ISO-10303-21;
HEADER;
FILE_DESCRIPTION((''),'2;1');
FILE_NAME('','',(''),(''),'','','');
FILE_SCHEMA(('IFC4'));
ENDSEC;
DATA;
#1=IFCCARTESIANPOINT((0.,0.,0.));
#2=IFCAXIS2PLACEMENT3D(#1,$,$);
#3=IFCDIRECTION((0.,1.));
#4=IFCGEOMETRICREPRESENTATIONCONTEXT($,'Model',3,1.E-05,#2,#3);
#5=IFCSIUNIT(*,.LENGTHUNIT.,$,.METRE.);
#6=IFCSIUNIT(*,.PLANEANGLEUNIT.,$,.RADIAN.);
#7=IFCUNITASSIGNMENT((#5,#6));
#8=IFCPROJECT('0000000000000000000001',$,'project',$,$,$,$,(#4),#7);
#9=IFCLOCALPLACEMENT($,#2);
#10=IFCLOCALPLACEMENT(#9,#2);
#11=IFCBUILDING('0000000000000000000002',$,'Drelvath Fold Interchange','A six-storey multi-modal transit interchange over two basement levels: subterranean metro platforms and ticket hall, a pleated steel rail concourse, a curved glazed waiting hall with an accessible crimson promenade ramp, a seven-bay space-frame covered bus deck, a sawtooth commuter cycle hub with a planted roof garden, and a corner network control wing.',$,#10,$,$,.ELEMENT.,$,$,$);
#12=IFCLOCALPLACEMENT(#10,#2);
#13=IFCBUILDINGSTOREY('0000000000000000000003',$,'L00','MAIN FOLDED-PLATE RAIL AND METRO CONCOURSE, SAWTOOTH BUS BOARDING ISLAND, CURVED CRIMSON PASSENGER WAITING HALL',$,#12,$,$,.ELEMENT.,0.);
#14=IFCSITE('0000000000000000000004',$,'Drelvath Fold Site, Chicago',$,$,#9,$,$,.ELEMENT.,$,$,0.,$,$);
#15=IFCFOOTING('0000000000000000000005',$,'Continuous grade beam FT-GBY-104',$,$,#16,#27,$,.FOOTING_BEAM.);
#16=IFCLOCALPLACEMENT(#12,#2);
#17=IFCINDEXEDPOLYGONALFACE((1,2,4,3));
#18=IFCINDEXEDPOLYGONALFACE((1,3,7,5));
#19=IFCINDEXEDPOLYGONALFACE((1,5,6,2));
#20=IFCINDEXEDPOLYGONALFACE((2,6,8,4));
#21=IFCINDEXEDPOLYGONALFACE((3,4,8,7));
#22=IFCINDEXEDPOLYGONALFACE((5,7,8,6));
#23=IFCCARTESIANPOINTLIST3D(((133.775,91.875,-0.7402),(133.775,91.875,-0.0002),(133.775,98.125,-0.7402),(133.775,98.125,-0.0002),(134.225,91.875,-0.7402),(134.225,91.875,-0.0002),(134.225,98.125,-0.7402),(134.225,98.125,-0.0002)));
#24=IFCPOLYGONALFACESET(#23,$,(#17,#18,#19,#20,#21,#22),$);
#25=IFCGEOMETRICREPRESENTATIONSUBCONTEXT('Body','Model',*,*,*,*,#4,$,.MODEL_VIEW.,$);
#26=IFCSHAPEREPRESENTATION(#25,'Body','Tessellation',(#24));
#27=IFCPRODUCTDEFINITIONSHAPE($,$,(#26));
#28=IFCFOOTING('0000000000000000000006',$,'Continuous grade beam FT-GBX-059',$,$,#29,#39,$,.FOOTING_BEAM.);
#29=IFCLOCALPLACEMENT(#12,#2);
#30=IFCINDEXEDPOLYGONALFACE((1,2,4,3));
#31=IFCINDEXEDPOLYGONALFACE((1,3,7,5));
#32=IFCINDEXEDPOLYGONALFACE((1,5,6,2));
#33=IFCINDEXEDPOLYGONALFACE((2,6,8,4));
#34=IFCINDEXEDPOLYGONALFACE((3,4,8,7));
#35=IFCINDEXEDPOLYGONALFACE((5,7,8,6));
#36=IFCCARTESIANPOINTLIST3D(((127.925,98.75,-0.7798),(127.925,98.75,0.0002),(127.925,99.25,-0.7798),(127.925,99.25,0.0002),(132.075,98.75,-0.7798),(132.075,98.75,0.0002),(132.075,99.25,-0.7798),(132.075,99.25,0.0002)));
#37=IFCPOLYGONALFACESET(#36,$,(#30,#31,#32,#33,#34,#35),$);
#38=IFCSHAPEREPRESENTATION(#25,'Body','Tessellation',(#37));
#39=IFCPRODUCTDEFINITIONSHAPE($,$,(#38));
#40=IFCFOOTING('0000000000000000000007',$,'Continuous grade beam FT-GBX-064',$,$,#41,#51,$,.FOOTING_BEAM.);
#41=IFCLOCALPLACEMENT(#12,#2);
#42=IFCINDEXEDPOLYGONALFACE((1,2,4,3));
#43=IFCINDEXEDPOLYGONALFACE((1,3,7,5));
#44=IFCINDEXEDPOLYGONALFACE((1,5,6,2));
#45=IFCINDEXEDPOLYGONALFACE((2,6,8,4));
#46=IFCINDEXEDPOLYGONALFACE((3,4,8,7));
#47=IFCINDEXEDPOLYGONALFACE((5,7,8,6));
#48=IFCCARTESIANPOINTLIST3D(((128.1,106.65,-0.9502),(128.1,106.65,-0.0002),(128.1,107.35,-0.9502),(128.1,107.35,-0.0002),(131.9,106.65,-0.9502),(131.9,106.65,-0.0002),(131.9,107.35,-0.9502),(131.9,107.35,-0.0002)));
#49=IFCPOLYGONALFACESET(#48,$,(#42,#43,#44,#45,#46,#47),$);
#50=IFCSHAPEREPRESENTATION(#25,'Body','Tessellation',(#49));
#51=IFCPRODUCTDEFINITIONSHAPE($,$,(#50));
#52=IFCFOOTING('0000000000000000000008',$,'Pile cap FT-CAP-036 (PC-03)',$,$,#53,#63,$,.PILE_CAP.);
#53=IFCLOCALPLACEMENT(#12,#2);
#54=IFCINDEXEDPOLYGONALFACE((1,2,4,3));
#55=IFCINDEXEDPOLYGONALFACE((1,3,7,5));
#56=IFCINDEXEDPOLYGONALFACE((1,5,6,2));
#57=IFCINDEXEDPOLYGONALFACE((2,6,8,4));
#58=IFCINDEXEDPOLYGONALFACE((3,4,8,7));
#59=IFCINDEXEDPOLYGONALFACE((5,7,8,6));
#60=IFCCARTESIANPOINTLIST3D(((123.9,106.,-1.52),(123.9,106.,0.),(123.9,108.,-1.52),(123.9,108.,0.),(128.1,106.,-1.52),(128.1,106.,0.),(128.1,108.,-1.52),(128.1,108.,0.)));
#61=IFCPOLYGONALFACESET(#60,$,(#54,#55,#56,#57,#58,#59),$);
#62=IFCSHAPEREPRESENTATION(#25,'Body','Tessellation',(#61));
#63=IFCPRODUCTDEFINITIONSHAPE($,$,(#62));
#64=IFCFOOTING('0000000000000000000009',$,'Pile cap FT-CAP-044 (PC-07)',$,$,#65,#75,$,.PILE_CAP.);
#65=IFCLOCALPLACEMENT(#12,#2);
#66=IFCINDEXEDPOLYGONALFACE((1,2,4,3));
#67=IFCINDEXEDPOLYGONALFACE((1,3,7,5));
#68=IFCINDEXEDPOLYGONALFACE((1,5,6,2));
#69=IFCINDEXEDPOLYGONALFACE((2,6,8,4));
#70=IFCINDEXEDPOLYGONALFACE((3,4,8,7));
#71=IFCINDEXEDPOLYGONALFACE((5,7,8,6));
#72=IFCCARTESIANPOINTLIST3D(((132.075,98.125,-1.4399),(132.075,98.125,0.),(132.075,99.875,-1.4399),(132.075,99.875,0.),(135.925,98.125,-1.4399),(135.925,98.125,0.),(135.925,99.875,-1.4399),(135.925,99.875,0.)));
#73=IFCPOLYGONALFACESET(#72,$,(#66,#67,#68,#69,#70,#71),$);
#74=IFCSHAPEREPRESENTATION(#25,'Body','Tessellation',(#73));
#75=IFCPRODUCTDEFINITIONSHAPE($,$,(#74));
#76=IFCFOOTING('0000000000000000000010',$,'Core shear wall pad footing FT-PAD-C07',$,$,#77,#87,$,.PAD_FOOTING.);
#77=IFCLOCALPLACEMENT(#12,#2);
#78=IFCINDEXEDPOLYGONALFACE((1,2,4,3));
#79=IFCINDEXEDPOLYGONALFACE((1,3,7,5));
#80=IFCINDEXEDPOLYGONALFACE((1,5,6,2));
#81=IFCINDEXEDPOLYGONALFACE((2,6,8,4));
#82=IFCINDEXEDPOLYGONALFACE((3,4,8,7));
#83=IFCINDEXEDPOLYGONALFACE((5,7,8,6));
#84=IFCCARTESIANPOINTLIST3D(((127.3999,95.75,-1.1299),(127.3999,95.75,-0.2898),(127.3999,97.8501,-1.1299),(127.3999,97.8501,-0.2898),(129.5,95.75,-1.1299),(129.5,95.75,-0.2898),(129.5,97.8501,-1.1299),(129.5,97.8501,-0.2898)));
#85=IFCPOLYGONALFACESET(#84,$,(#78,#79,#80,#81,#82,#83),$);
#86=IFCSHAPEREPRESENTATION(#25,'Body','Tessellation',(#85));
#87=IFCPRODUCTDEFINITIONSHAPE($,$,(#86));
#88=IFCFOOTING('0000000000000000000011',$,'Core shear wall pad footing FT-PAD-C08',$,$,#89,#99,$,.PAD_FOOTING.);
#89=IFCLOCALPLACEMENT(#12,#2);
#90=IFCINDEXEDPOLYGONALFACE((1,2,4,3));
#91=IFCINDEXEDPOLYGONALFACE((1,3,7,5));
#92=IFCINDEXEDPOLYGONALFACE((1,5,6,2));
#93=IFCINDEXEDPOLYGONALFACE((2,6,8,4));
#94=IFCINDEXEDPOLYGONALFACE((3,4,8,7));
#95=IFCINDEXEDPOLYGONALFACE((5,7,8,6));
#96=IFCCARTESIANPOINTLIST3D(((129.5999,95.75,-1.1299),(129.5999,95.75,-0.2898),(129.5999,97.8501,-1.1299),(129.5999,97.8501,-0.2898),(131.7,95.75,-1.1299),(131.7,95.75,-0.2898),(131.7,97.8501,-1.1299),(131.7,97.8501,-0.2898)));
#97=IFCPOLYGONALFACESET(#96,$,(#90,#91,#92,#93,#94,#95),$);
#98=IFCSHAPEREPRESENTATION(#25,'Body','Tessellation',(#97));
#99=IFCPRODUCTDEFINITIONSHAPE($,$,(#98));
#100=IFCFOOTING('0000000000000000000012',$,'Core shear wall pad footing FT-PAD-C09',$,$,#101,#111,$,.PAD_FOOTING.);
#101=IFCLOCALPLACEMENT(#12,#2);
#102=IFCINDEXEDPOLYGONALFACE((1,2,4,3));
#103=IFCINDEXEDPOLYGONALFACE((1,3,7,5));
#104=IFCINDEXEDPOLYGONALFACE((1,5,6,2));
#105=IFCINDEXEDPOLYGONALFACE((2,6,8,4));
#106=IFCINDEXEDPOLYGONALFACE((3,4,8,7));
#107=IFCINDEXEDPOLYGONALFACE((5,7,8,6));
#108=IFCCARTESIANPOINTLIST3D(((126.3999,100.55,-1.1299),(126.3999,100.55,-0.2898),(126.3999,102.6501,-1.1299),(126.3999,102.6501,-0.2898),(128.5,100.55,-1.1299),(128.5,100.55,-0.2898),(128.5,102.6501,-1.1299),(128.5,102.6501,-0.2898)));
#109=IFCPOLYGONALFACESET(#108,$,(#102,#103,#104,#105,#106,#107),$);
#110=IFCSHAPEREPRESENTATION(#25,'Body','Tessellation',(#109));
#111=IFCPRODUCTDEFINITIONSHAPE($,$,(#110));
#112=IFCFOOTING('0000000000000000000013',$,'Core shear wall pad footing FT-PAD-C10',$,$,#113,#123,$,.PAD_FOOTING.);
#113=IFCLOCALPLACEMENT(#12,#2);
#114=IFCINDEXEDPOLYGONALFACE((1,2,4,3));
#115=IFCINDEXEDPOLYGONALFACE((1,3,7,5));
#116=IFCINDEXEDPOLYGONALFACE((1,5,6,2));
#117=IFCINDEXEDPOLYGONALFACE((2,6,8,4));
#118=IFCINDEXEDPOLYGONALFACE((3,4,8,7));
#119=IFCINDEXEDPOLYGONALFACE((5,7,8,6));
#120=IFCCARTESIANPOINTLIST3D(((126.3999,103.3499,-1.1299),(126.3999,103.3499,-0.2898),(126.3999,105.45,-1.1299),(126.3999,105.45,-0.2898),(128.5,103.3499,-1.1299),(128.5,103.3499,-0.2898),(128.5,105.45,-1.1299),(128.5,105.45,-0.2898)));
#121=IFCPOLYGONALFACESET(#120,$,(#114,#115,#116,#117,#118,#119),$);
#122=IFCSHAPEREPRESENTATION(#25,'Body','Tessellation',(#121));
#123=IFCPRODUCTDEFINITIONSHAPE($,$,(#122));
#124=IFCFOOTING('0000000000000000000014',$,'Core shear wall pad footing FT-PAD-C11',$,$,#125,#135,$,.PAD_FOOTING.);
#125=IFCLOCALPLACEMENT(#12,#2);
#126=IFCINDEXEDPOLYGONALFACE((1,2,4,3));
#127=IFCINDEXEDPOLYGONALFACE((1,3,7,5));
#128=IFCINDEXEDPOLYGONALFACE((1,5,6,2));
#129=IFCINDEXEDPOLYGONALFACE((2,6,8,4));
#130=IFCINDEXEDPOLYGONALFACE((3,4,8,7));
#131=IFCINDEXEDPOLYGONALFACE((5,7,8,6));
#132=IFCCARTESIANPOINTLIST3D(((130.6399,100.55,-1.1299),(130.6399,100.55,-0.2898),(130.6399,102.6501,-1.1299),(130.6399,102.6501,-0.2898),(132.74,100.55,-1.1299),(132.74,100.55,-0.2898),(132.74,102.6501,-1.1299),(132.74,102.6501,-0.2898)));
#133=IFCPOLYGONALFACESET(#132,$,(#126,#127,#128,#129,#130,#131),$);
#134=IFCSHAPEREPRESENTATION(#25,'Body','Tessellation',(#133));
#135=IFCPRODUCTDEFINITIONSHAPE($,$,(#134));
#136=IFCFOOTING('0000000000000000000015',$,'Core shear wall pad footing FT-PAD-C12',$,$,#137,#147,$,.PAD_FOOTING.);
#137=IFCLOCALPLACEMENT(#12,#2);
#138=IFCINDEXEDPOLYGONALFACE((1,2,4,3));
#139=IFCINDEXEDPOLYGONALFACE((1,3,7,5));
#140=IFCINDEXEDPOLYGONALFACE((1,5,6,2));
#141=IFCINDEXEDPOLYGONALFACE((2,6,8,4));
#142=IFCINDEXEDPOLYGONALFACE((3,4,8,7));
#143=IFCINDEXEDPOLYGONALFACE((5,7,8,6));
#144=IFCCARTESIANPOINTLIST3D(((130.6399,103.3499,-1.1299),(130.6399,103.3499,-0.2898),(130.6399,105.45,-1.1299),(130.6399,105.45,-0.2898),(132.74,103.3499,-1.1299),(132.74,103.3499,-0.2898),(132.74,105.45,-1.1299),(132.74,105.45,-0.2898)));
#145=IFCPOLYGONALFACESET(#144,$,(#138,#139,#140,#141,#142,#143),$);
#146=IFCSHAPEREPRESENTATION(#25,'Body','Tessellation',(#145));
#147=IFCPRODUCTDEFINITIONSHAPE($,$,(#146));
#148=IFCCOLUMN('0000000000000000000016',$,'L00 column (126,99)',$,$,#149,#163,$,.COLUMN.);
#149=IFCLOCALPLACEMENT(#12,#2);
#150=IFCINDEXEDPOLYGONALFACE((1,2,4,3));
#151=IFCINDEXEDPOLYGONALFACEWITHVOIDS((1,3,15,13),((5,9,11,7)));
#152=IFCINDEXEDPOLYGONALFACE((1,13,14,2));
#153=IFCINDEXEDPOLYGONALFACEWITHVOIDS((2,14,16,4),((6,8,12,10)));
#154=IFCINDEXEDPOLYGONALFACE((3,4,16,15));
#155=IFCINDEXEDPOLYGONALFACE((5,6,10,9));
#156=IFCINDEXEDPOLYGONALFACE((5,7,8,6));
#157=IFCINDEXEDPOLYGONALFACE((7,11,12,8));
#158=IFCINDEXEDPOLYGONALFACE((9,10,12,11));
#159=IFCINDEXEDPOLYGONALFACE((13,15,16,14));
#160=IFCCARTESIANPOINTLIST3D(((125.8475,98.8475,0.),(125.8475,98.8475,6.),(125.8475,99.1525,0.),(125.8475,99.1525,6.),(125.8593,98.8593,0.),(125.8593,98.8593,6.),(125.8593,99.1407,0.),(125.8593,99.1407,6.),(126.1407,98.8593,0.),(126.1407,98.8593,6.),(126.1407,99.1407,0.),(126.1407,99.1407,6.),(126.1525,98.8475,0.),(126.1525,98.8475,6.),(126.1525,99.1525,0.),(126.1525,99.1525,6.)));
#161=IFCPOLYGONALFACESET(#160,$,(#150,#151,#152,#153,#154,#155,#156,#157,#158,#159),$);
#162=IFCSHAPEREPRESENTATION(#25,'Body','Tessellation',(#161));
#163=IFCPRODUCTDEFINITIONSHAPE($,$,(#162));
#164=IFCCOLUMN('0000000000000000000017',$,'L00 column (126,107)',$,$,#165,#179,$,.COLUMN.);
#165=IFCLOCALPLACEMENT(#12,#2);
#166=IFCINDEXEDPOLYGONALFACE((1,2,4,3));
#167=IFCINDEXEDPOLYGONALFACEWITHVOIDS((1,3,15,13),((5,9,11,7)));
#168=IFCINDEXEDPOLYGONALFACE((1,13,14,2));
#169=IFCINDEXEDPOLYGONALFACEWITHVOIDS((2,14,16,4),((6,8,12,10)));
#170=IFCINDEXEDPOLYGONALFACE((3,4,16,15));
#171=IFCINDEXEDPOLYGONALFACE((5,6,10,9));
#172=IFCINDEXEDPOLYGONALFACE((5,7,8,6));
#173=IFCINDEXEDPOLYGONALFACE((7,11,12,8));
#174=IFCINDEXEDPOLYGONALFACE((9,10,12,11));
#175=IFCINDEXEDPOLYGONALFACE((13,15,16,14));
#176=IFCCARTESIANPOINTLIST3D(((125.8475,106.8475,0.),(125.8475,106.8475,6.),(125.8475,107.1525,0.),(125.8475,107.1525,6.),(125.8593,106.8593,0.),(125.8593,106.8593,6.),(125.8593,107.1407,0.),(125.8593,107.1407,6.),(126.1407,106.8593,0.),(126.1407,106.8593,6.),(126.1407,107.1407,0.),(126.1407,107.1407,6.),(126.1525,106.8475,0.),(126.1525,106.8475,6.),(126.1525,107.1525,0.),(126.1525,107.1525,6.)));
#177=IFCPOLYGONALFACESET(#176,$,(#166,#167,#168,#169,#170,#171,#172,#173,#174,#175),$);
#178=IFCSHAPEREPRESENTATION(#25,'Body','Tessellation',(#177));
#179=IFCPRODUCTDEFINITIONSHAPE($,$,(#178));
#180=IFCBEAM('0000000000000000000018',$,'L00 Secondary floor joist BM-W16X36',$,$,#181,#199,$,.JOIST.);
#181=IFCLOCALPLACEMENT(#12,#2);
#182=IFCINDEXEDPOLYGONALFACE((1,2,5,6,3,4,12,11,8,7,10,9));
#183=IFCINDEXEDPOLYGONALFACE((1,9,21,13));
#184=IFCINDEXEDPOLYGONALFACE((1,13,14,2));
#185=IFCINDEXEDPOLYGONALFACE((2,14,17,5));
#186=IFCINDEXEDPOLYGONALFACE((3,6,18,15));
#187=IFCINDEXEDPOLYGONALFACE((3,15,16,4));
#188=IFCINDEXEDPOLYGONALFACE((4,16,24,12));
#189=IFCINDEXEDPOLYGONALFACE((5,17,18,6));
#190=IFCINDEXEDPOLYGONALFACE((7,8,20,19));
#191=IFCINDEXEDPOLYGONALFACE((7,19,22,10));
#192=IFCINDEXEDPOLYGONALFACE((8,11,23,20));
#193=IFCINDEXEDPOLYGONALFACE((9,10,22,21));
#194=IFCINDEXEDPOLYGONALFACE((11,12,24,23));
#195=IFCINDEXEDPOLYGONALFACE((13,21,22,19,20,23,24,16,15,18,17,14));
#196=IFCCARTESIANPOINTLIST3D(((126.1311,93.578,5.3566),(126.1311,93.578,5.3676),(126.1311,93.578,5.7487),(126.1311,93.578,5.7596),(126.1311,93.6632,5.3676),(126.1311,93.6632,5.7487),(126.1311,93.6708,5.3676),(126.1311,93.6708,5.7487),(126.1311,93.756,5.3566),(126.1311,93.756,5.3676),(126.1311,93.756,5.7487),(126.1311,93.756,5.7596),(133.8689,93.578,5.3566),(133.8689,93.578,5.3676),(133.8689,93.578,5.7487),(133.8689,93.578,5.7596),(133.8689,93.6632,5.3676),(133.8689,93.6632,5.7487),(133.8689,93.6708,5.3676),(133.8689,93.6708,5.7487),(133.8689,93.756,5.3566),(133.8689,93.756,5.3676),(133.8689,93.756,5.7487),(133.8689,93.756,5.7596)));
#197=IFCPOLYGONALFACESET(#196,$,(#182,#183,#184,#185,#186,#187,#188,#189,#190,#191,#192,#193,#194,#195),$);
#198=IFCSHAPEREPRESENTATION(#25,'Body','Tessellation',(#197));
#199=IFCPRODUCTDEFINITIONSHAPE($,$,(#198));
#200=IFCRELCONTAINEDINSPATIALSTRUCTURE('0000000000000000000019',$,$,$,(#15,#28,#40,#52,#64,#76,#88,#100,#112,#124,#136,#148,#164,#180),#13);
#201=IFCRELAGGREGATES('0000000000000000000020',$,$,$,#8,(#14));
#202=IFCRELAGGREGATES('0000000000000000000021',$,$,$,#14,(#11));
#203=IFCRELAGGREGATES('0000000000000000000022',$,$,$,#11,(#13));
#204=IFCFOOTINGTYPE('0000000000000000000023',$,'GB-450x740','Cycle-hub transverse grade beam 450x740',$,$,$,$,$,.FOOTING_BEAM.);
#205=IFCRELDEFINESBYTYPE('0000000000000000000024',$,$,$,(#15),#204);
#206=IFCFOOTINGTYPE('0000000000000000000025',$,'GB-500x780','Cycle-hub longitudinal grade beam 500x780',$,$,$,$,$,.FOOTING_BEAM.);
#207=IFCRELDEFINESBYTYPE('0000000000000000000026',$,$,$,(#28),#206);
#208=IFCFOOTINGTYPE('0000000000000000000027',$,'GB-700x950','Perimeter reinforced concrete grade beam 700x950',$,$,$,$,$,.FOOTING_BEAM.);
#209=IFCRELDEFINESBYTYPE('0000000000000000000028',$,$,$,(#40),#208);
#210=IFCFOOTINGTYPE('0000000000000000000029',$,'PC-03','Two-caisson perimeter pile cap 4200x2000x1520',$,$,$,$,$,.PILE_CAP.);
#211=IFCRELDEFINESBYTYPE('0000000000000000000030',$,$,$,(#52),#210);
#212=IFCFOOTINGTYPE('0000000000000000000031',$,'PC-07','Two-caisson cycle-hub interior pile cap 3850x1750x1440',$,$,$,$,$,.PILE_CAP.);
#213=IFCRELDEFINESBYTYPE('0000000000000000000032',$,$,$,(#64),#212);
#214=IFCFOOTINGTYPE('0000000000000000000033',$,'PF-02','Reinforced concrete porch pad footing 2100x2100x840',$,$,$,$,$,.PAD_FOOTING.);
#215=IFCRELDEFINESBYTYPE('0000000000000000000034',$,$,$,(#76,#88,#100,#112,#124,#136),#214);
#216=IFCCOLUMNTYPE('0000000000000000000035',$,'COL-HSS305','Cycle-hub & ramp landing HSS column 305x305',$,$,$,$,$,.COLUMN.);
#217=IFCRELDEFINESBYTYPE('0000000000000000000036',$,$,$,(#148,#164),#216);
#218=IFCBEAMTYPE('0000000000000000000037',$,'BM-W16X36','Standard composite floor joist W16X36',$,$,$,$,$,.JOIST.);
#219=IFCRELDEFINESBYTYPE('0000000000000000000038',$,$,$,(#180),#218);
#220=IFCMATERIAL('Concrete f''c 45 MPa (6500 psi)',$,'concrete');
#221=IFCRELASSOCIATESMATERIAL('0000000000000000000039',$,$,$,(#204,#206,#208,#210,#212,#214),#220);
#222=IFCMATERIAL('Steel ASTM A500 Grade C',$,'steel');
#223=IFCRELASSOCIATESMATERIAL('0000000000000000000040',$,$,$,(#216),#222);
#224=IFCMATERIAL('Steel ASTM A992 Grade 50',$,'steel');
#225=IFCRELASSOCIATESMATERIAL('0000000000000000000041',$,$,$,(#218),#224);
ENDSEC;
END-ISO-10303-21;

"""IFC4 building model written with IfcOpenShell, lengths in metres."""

from ifc_helpers import new_model, si_unit, direction, frame, origin, origin_2d, place, context, subcontext, project, spatial, rectangle, hollow_rectangle, i_section, extrude, material, material_profile, profile_set, type_object, element, save


model = new_model("IFC4")

# Units and contexts
model_context = context("Model", 3, precision=1e-05, world=origin(), true_north=direction((0.0, 1.0)))
body_context = subcontext(model_context, "Body", "Model", "MODEL_VIEW")
ifc_project = project(units=[si_unit("LENGTHUNIT", "METRE"), si_unit("PLANEANGLEUNIT", "RADIAN")], contexts=[model_context])

# Site, building, storey
site_placement = place(None, origin())
site = spatial("IfcSite", under=ifc_project, at=site_placement, Name="Drelvath Fold Site, Chicago", CompositionType="ELEMENT", RefElevation=0.0)
building_placement = place(site_placement, origin())
building = spatial("IfcBuilding", under=site, at=building_placement, Name="Drelvath Fold Interchange", Description="A six-storey multi-modal transit interchange over two basement levels: subterranean metro platforms and ticket hall, a pleated steel rail concourse, a curved glazed waiting hall with an accessible crimson promenade ramp, a seven-bay space-frame covered bus deck, a sawtooth commuter cycle hub with a planted roof garden, and a corner network control wing.", CompositionType="ELEMENT")
storey_placement = place(building_placement, origin())
storey = spatial("IfcBuildingStorey", under=building, at=storey_placement, Name="L00", Description="MAIN FOLDED-PLATE RAIL AND METRO CONCOURSE, SAWTOOTH BUS BOARDING ISLAND, CURVED CRIMSON PASSENGER WAITING HALL", CompositionType="ELEMENT", Elevation=0.0)

# Footings
ifc_material_1 = material(Name="Concrete f'c 45 MPa (6500 psi)", Category="concrete")
footing_type_1 = type_object("IfcFootingType", Name="GB-450x740", Description="Cycle-hub transverse grade beam 450x740", PredefinedType="FOOTING_BEAM", material=ifc_material_1)
footing_1_placement = place(storey_placement, frame((134.0, 95.0, -0.7402), z_axis=(0.0, 0.0, 1.0), x_axis=(1.0, 0.0, 0.0)))
element("IfcFooting", 1, at=footing_1_placement, inside=storey, type_object=footing_type_1, Name="Continuous grade beam FT-GBY-104", PredefinedType="FOOTING_BEAM", context=body_context, shape_type="SweptSolid", body=[
    extrude(rectangle(XDim=0.45, YDim=6.25, at=origin_2d()), origin(), (0.0, 0.0, 1.0), 0.74),
])
footing_type_2 = type_object("IfcFootingType", Name="GB-500x780", Description="Cycle-hub longitudinal grade beam 500x780", PredefinedType="FOOTING_BEAM", material=ifc_material_1)
footing_2_placement = place(storey_placement, frame((130.0, 99.0, -0.7798), z_axis=(0.0, 0.0, 1.0), x_axis=(1.0, 0.0, 0.0)))
element("IfcFooting", 2, at=footing_2_placement, inside=storey, type_object=footing_type_2, Name="Continuous grade beam FT-GBX-059", PredefinedType="FOOTING_BEAM", context=body_context, shape_type="SweptSolid", body=[
    extrude(rectangle(XDim=4.1499, YDim=0.5, at=origin_2d()), origin(), (0.0, 0.0, 1.0), 0.78),
])
footing_type_3 = type_object("IfcFootingType", Name="GB-700x950", Description="Perimeter reinforced concrete grade beam 700x950", PredefinedType="FOOTING_BEAM", material=ifc_material_1)
footing_3_placement = place(storey_placement, frame((130.0, 107.0, -0.9502), z_axis=(0.0, 0.0, 1.0), x_axis=(1.0, 0.0, 0.0)))
element("IfcFooting", 3, at=footing_3_placement, inside=storey, type_object=footing_type_3, Name="Continuous grade beam FT-GBX-064", PredefinedType="FOOTING_BEAM", context=body_context, shape_type="SweptSolid", body=[
    extrude(rectangle(XDim=3.8, YDim=0.7, at=origin_2d()), origin(), (0.0, 0.0, 1.0), 0.95),
])
footing_type_4 = type_object("IfcFootingType", Name="PC-03", Description="Two-caisson perimeter pile cap 4200x2000x1520", PredefinedType="PILE_CAP", material=ifc_material_1)
footing_4_placement = place(storey_placement, frame((126.0, 107.0, -1.52), z_axis=(0.0, 0.0, 1.0), x_axis=(1.0, 0.0, 0.0)))
element("IfcFooting", 4, at=footing_4_placement, inside=storey, type_object=footing_type_4, Name="Pile cap FT-CAP-036 (PC-03)", PredefinedType="PILE_CAP", context=body_context, shape_type="SweptSolid", body=[
    extrude(rectangle(XDim=4.2, YDim=2.0, at=origin_2d()), origin(), (0.0, 0.0, 1.0), 1.52),
])
footing_type_5 = type_object("IfcFootingType", Name="PC-07", Description="Two-caisson cycle-hub interior pile cap 3850x1750x1440", PredefinedType="PILE_CAP", material=ifc_material_1)
footing_5_placement = place(storey_placement, frame((134.0, 99.0, -1.4399), z_axis=(0.0, 0.0, 1.0), x_axis=(1.0, 0.0, 0.0)))
element("IfcFooting", 5, at=footing_5_placement, inside=storey, type_object=footing_type_5, Name="Pile cap FT-CAP-044 (PC-07)", PredefinedType="PILE_CAP", context=body_context, shape_type="SweptSolid", body=[
    extrude(rectangle(XDim=3.8501, YDim=1.75, at=origin_2d()), origin(), (0.0, 0.0, 1.0), 1.4399),
])
footing_type_6 = type_object("IfcFootingType", Name="PF-02", Description="Reinforced concrete porch pad footing 2100x2100x840", PredefinedType="PAD_FOOTING", material=ifc_material_1)
for number, where, z_axis, x_axis, name in (
    (6, (128.45, 96.8, -1.1299), (0.0, 0.0, 1.0), (1.0, 0.0, 0.0), "Core shear wall pad footing FT-PAD-C07"),
    (7, (130.6499, 96.8, -1.1299), (0.0, 0.0, 1.0), (1.0, 0.0, 0.0), "Core shear wall pad footing FT-PAD-C08"),
    (8, (127.45, 101.6001, -1.1299), (0.0, 0.0, 1.0), (1.0, 0.0, 0.0), "Core shear wall pad footing FT-PAD-C09"),
    (9, (127.45, 104.3999, -1.1299), (0.0, 0.0, 1.0), (1.0, 0.0, 0.0), "Core shear wall pad footing FT-PAD-C10"),
    (10, (131.6899, 101.6001, -1.1299), (0.0, 0.0, 1.0), (1.0, 0.0, 0.0), "Core shear wall pad footing FT-PAD-C11"),
    (11, (131.6899, 104.3999, -1.1299), (0.0, 0.0, 1.0), (1.0, 0.0, 0.0), "Core shear wall pad footing FT-PAD-C12"),
):
    element("IfcFooting", number, at=place(storey_placement, frame(where, z_axis=z_axis, x_axis=x_axis)), inside=storey, type_object=footing_type_6, Name=name, PredefinedType="PAD_FOOTING", context=body_context, shape_type="SweptSolid", body=[
        extrude(rectangle(XDim=2.1001, YDim=2.1001, at=origin_2d()), origin(), (0.0, 0.0, 1.0), 0.8401),
    ])

# Columns
ifc_material_2 = material(Name="Steel ASTM A500 Grade C", Category="steel")
ifc_material_profile_1 = material_profile(ifc_material_2, hollow_rectangle(XDim=0.3049, YDim=0.3049, WallThickness=0.0117, at=origin_2d()), Name="HSS12X12X1/2")
ifc_profile_set_1 = profile_set([ifc_material_profile_1], Name="Steel ASTM A500 Grade C")
column_type = type_object("IfcColumnType", Name="COL-HSS305", Description="Cycle-hub & ramp landing HSS column 305x305", PredefinedType="COLUMN", material=ifc_profile_set_1)
for number, where, z_axis, x_axis, name in (
    (12, (126.0, 99.0, 0.0), (0.0, 0.0, 1.0), (1.0, 0.0, 0.0), "L00 column (126,99)"),
    (13, (126.0, 107.0, 0.0), (0.0, 0.0, 1.0), (1.0, 0.0, 0.0), "L00 column (126,107)"),
):
    element("IfcColumn", number, at=place(storey_placement, frame(where, z_axis=z_axis, x_axis=x_axis)), inside=storey, type_object=column_type, Name=name, PredefinedType="COLUMN", context=body_context, shape_type="SweptSolid", body=[
        extrude(hollow_rectangle(XDim=0.3049, YDim=0.3049, WallThickness=0.0117, at=origin_2d()), origin(), (0.0, 0.0, 1.0), 6.0),
    ])

# Beam
ifc_material_3 = material(Name="Steel ASTM A992 Grade 50", Category="steel")
ifc_material_profile_2 = material_profile(ifc_material_3, i_section(OverallWidth=0.178, OverallDepth=0.4031, WebThickness=0.0076, FlangeThickness=0.011, at=origin_2d()), Name="W16X36")
ifc_profile_set_2 = profile_set([ifc_material_profile_2], Name="Steel ASTM A992 Grade 50")
beam_type_1 = type_object("IfcBeamType", Name="BM-W16X36", Description="Standard composite floor joist W16X36", PredefinedType="JOIST", material=ifc_profile_set_2)
for number, where, z_axis, x_axis, name in (
    (14, (126.1311, 93.667, 5.5581), (1.0, 0.0, 0.0), (0.0, 1.0, 0.0), "L00 Secondary floor joist BM-W16X36"),
):
    element("IfcBeam", number, at=place(storey_placement, frame(where, z_axis=z_axis, x_axis=x_axis)), inside=storey, type_object=beam_type_1, Name=name, PredefinedType="JOIST", context=body_context, shape_type="SweptSolid", body=[
        extrude(i_section(OverallWidth=0.178, OverallDepth=0.4031, WebThickness=0.0076, FlangeThickness=0.011, at=origin_2d()), origin(), (0.0, 0.0, 1.0), 7.7378),
    ])

save(model, "model.ifc")
